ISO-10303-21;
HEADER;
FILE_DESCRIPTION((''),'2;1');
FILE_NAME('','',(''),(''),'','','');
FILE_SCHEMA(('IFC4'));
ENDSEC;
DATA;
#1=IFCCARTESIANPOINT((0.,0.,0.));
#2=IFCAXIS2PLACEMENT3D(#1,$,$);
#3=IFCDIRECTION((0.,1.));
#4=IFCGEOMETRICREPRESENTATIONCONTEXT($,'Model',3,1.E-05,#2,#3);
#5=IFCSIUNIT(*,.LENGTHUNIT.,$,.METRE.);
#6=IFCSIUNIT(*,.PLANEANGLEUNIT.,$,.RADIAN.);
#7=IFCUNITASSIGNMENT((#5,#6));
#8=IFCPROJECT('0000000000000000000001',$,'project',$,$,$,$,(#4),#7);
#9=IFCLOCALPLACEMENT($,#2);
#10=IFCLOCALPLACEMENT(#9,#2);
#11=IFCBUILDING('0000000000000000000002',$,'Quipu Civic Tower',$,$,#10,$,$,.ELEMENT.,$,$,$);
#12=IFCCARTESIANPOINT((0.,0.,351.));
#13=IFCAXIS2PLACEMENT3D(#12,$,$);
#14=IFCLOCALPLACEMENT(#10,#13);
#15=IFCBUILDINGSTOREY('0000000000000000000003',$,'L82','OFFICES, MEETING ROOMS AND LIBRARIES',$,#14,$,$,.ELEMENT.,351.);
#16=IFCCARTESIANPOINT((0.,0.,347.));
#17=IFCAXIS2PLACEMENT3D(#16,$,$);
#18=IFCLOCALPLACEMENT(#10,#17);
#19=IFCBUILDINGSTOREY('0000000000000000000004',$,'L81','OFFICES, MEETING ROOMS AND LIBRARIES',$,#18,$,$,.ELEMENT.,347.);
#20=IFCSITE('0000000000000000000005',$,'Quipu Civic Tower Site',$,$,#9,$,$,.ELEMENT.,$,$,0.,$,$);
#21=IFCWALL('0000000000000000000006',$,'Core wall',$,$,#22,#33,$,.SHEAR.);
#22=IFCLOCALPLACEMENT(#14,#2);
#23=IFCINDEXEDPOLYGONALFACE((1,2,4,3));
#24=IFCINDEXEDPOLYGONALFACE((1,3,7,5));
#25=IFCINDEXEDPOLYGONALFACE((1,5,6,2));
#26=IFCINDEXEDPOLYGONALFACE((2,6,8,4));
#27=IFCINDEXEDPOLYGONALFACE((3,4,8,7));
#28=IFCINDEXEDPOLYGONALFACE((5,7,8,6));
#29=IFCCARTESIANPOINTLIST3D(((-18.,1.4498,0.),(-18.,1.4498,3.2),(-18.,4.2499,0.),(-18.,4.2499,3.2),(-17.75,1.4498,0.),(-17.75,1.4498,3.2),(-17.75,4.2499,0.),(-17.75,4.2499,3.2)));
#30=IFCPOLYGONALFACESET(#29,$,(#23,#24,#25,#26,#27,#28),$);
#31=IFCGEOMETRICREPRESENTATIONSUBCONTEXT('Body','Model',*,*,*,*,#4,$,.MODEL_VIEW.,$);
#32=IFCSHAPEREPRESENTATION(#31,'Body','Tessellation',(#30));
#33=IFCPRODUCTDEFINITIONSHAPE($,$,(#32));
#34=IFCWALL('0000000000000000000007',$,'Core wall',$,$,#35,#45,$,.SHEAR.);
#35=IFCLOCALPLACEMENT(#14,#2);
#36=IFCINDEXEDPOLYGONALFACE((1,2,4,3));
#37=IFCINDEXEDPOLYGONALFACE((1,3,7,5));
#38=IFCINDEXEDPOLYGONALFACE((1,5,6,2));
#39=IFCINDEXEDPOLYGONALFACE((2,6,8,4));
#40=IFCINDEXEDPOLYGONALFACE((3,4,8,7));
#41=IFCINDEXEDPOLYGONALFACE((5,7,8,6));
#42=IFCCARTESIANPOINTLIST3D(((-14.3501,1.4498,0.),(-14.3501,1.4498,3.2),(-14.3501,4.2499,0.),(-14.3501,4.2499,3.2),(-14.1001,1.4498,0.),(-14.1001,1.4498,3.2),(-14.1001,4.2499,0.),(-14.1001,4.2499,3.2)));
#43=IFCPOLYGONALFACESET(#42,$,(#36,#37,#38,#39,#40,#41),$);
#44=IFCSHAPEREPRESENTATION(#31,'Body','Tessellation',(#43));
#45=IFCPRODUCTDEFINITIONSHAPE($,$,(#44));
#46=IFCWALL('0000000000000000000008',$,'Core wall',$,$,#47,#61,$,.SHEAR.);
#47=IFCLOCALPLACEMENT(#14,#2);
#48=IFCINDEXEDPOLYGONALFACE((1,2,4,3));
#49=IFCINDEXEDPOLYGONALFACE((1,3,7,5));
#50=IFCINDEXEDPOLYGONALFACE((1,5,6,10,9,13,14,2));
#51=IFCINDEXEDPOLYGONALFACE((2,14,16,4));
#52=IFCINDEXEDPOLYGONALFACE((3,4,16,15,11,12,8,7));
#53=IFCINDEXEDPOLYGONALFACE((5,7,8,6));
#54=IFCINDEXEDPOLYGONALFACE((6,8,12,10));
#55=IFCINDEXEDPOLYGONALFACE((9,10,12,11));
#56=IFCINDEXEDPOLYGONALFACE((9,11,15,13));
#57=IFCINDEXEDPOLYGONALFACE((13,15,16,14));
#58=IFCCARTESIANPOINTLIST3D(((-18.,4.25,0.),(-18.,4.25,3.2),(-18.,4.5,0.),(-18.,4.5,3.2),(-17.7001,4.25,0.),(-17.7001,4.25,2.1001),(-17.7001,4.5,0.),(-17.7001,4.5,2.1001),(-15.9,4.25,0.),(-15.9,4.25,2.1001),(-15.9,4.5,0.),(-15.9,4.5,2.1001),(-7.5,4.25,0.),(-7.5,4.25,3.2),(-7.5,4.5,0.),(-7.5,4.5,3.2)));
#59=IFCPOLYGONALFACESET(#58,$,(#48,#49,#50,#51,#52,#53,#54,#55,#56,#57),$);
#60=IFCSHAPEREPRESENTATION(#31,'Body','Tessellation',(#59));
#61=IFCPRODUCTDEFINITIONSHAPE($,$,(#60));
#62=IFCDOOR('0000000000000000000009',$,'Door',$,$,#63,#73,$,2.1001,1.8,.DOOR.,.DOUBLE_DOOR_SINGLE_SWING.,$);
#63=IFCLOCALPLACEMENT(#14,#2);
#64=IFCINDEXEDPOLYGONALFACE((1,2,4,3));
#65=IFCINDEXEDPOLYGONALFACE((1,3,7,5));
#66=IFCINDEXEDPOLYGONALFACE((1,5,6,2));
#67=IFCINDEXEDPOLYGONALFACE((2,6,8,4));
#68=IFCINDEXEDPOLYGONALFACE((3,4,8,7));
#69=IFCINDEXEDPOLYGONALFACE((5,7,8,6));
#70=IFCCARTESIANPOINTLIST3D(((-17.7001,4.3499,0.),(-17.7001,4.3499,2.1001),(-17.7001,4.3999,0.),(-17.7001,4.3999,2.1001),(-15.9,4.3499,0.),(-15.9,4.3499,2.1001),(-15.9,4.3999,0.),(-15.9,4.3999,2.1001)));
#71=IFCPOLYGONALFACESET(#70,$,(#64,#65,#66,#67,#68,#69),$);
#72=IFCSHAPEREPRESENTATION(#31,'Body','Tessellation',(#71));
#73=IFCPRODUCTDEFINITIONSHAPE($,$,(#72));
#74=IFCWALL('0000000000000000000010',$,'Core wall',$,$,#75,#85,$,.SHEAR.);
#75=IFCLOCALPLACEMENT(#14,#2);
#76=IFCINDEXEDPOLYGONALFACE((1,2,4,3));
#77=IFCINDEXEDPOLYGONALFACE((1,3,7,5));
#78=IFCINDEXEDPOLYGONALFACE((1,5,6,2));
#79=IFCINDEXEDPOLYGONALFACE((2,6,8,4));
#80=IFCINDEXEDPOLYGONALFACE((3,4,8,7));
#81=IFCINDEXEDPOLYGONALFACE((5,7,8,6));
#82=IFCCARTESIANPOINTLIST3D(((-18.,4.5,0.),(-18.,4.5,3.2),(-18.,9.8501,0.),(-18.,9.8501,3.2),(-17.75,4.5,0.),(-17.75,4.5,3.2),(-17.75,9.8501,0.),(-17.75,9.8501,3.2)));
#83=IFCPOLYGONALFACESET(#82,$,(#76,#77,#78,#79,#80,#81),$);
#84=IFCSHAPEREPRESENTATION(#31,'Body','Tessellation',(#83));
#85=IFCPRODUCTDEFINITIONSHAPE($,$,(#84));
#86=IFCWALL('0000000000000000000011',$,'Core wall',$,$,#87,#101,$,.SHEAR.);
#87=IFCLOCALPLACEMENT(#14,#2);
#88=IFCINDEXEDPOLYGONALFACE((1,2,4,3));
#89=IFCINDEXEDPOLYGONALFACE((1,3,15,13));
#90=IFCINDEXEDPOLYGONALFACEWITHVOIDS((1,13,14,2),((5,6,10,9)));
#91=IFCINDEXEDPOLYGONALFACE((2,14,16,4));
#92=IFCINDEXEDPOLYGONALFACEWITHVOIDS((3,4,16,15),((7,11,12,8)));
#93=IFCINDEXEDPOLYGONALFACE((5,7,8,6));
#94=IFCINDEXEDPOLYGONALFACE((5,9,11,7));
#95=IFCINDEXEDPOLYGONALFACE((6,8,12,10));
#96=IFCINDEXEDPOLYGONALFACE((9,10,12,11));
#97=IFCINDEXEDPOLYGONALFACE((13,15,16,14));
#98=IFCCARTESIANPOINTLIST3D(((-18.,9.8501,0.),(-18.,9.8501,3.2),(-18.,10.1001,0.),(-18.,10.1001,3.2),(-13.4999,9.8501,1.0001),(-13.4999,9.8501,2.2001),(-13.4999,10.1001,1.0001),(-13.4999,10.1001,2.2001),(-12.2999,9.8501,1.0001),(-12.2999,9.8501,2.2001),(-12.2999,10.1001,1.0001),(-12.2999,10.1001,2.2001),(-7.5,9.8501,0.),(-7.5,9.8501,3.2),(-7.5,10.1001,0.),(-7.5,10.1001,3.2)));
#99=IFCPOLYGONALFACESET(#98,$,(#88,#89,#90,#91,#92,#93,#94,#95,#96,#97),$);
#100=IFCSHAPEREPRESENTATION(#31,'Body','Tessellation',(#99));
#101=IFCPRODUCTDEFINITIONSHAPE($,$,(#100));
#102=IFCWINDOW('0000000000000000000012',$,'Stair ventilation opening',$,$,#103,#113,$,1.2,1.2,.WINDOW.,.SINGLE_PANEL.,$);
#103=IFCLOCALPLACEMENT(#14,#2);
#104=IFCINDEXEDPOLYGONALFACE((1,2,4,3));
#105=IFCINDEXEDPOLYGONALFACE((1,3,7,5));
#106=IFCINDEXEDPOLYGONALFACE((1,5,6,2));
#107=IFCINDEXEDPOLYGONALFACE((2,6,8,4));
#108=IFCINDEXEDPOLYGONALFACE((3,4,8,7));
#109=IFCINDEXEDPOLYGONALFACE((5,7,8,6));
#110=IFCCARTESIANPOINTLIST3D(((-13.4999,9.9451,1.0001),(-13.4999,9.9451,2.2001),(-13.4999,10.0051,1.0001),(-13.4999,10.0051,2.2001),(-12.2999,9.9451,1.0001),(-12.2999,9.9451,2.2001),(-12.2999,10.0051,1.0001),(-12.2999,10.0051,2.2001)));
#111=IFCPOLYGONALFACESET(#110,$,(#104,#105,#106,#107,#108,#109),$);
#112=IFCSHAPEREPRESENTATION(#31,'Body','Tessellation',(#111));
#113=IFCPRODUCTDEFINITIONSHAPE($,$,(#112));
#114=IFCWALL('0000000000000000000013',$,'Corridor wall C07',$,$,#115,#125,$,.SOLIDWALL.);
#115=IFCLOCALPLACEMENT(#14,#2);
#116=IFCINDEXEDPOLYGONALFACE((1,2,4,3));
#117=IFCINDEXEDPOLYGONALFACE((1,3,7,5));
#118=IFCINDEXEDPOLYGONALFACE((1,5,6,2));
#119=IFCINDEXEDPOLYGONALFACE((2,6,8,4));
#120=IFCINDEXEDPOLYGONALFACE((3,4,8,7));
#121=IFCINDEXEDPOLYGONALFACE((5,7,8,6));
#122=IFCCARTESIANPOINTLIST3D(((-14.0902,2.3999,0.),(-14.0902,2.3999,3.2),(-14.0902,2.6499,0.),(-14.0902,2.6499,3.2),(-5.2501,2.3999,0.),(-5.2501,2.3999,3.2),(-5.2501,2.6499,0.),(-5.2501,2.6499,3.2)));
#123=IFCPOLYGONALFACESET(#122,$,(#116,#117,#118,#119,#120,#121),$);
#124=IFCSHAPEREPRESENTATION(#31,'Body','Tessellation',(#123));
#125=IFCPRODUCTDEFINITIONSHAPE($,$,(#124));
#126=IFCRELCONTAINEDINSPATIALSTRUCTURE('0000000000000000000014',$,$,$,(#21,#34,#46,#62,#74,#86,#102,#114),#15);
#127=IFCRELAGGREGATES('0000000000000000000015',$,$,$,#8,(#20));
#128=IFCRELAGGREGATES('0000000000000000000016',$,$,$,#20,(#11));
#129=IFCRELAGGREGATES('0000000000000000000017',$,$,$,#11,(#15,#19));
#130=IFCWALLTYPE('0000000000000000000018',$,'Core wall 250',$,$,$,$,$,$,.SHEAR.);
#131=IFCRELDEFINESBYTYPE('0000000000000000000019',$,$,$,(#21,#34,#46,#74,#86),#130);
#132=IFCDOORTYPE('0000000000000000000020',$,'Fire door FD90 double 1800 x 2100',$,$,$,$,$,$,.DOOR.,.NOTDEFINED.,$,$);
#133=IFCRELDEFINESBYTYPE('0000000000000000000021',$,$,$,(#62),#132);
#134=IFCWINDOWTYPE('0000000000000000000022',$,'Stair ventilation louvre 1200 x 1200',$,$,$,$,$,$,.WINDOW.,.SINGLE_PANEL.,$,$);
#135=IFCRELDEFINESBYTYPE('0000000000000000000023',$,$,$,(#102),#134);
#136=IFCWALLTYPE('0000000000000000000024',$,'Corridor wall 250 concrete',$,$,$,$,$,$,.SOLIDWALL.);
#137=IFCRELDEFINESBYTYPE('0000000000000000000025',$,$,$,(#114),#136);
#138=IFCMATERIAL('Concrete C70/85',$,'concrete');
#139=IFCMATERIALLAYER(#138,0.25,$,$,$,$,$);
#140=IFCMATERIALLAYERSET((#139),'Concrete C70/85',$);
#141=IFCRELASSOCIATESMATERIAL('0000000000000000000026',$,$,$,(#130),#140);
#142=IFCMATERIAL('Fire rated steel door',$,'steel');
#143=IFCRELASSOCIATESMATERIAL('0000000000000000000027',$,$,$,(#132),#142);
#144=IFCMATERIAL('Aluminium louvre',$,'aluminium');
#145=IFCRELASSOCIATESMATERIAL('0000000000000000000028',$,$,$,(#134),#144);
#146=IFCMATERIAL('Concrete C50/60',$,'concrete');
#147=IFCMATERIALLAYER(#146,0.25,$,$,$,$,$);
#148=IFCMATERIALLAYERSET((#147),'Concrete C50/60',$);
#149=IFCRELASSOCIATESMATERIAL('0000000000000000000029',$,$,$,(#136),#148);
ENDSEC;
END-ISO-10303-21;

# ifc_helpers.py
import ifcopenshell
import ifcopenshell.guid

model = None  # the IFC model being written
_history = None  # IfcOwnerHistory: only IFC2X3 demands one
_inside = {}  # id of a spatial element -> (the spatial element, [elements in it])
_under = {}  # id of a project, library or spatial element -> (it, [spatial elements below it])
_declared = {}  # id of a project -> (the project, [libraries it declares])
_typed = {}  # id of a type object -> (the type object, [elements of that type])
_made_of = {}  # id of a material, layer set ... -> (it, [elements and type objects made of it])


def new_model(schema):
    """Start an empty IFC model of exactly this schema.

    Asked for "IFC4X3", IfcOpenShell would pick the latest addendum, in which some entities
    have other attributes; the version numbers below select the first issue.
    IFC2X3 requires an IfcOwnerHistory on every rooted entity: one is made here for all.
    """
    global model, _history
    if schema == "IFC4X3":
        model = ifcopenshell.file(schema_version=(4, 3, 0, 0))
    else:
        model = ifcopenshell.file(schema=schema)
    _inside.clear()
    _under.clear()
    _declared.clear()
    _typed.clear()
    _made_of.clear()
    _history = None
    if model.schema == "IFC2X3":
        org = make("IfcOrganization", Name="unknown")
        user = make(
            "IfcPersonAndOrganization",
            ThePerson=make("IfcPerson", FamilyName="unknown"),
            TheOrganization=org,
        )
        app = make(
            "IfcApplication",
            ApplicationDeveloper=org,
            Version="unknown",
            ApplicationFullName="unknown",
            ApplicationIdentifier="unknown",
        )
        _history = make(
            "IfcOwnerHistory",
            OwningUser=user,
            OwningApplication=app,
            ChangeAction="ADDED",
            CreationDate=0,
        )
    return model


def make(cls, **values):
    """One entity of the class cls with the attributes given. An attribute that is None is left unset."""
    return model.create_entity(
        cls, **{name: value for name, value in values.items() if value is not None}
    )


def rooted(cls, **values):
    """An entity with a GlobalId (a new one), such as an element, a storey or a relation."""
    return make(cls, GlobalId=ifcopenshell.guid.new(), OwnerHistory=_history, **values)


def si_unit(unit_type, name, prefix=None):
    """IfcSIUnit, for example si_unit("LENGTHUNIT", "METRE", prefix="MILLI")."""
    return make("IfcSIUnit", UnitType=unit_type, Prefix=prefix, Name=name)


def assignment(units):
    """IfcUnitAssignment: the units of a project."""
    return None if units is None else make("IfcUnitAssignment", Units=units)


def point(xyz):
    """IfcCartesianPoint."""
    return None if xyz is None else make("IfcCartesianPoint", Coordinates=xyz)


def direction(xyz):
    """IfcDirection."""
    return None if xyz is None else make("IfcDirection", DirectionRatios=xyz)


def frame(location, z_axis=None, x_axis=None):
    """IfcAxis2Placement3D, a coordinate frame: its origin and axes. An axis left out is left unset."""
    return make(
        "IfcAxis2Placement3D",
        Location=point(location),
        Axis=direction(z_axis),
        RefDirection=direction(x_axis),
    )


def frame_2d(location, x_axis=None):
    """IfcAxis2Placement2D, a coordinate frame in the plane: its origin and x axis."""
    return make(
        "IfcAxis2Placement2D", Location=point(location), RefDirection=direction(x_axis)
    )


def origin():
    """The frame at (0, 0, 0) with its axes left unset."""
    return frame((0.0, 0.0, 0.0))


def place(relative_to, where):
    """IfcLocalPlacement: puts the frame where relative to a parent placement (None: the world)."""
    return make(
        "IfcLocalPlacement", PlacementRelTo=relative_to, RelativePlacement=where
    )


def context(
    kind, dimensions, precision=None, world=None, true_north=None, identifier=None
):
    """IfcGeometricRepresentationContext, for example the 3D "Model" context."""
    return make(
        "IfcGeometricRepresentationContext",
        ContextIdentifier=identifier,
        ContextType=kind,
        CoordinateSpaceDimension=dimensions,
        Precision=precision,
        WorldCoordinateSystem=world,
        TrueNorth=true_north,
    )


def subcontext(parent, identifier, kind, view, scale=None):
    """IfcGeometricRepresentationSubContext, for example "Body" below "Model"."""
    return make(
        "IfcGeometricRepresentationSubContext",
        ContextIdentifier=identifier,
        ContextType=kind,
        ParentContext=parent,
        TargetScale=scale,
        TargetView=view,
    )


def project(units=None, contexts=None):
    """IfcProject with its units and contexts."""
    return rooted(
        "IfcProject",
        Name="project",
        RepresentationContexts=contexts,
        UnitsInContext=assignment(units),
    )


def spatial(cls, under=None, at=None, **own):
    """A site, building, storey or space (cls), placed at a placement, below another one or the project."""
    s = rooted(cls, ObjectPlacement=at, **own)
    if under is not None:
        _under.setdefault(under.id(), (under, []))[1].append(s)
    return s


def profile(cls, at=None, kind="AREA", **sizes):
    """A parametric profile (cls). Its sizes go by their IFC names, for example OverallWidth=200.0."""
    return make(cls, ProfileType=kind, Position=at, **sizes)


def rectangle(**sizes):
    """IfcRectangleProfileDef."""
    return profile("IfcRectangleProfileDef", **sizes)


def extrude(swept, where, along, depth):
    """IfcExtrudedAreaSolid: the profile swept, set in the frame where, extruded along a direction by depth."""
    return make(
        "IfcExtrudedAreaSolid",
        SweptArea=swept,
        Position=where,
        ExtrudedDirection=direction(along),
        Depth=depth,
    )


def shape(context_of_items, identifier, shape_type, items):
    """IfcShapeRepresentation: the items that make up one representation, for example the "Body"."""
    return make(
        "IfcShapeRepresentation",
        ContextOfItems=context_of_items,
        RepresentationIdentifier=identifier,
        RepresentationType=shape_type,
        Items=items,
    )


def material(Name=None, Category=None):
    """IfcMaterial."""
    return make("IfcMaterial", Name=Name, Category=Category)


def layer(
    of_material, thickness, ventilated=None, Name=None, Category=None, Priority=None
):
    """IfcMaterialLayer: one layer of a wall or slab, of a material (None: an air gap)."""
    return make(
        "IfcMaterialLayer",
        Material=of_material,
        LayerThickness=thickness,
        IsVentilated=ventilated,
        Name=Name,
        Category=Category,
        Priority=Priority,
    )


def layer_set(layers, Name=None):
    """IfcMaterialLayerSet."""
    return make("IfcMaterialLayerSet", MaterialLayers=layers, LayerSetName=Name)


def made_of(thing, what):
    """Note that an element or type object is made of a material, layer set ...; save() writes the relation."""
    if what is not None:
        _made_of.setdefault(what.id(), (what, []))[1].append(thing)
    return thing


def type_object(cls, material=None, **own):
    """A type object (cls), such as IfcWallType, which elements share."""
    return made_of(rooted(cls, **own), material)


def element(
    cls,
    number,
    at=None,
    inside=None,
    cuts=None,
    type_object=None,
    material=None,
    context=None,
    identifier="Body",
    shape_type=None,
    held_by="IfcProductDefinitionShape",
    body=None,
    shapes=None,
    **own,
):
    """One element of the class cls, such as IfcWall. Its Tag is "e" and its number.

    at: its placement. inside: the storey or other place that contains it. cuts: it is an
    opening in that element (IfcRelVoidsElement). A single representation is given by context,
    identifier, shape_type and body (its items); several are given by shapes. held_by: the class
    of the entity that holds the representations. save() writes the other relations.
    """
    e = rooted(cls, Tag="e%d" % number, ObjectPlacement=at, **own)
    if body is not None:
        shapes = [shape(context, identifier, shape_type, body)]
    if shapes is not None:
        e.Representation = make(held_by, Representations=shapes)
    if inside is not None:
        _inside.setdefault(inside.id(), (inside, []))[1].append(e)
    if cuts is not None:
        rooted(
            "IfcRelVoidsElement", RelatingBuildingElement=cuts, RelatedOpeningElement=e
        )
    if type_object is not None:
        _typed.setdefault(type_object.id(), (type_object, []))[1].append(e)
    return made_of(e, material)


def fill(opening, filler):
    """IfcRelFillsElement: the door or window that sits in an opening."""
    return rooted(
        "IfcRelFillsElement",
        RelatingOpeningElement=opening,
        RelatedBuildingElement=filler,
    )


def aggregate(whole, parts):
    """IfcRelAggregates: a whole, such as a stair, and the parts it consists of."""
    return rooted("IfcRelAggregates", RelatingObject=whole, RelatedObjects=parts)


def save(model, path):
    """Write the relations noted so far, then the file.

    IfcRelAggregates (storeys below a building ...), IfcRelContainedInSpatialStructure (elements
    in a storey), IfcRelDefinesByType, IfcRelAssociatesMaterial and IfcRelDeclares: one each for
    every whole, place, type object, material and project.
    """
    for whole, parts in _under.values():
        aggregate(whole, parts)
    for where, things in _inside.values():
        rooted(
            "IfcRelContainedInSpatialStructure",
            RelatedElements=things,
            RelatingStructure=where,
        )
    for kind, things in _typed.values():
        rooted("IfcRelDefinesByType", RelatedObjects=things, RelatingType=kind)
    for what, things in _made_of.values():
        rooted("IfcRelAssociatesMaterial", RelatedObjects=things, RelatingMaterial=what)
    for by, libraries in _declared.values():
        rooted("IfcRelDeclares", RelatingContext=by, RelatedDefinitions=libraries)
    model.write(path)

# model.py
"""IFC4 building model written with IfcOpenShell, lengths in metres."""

from ifc_helpers import new_model, si_unit, direction, frame, frame_2d, origin, place, context, subcontext, project, spatial, rectangle, extrude, material, layer, layer_set, type_object, element, fill, save


model = new_model("IFC4")

# Units and contexts
model_context = context("Model", 3, precision=1e-05, world=origin(), true_north=direction((0.0, 1.0)))
body_context = subcontext(model_context, "Body", "Model", "MODEL_VIEW")
ifc_project = project(units=[si_unit("LENGTHUNIT", "METRE"), si_unit("PLANEANGLEUNIT", "RADIAN")], contexts=[model_context])

# Site, building, storey
site_placement = place(None, origin())
site = spatial("IfcSite", under=ifc_project, at=site_placement, Name="Quipu Civic Tower Site", CompositionType="ELEMENT", RefElevation=0.0)
building_placement = place(site_placement, origin())
building = spatial("IfcBuilding", under=site, at=building_placement, Name="Quipu Civic Tower", CompositionType="ELEMENT")
storey_1_placement = place(building_placement, frame((0.0, 0.0, 351.0)))
storey_1 = spatial("IfcBuildingStorey", under=building, at=storey_1_placement, Name="L82", Description="OFFICES, MEETING ROOMS AND LIBRARIES", CompositionType="ELEMENT", Elevation=351.0)

# Shared definitions
storey_2_placement = place(building_placement, frame((0.0, 0.0, 347.0)))
storey_2 = spatial("IfcBuildingStorey", under=building, at=storey_2_placement, Name="L81", Description="OFFICES, MEETING ROOMS AND LIBRARIES", CompositionType="ELEMENT", Elevation=347.0)

# Shared definitions
ifc_material_1 = material(Name="Concrete C70/85", Category="concrete")
ifc_layer_1 = layer(ifc_material_1, 0.25)
ifc_layer_set_1 = layer_set([ifc_layer_1], Name="Concrete C70/85")
wall_type_1 = type_object("IfcWallType", Name="Core wall 250", PredefinedType="SHEAR", material=ifc_layer_set_1)
ifc_material_2 = material(Name="Fire rated steel door", Category="steel")
door_type = type_object("IfcDoorType", Name="Fire door FD90 double 1800 x 2100", OperationType="NOTDEFINED", PredefinedType="DOOR", material=ifc_material_2)

# Walls
for number, where, z_axis, x_axis, name in (
    (1, (-17.875, 1.45, 0.0), (0.0, 0.0, 1.0), (0.0, 1.0, 0.0), "Core wall"),
    (2, (-14.2251, 1.45, 0.0), (0.0, 0.0, 1.0), (0.0, 1.0, 0.0), "Core wall"),
):
    element("IfcWall", number, at=place(storey_1_placement, frame(where, z_axis=z_axis, x_axis=x_axis)), inside=storey_1, type_object=wall_type_1, Name=name, PredefinedType="SHEAR", context=body_context, shape_type="SweptSolid", body=[
        extrude(rectangle(XDim=2.8, YDim=0.25, at=frame_2d((1.3999, 0.0))), origin(), (0.0, 0.0, 1.0), 3.2),
    ])

# Wall, opening, door
wall_1_placement = place(storey_1_placement, frame((-18.0, 4.375, 0.0), z_axis=(0.0, 0.0, 1.0), x_axis=(1.0, 0.0, 0.0)))
wall_1 = element("IfcWall", 3, at=wall_1_placement, inside=storey_1, type_object=wall_type_1, Name="Core wall", PredefinedType="SHEAR", context=body_context, shape_type="SweptSolid", body=[
    extrude(rectangle(XDim=10.5, YDim=0.25, at=frame_2d((5.25, 0.0))), origin(), (0.0, 0.0, 1.0), 3.2),
])
opening_1_placement = place(wall_1_placement, frame((0.3, 0.0, 0.0)))
opening_1 = element("IfcOpeningElement", 4, at=opening_1_placement, cuts=wall_1, PredefinedType="OPENING", context=body_context, shape_type="SweptSolid", body=[
    extrude(rectangle(XDim=1.8, YDim=2.1001, at=frame_2d((0.8999, 1.05))), frame((0.0, 0.135, 0.0), z_axis=(0.0, -1.0, 0.0), x_axis=(1.0, 0.0, 0.0)), (0.0, 0.0, 1.0), 0.27),
])
door_1_placement = place(opening_1_placement, origin())
door_1 = element("IfcDoor", 5, at=door_1_placement, inside=storey_1, type_object=door_type, Name="Door", OperationType="DOUBLE_DOOR_SINGLE_SWING", OverallHeight=2.1001, OverallWidth=1.8, PredefinedType="DOOR", context=body_context, shape_type="SweptSolid", body=[
    extrude(rectangle(XDim=1.8, YDim=2.1001, at=frame_2d((0.8999, 1.05))), frame((0.0, 0.0249, 0.0), z_axis=(0.0, -1.0, 0.0), x_axis=(1.0, 0.0, 0.0)), (0.0, 0.0, 1.0), 0.05),
])
fill(opening_1, door_1)

# Wall
wall_2_placement = place(storey_1_placement, frame((-17.875, 4.5, 0.0), z_axis=(0.0, 0.0, 1.0), x_axis=(0.0, 1.0, 0.0)))
element("IfcWall", 6, at=wall_2_placement, inside=storey_1, type_object=wall_type_1, Name="Core wall", PredefinedType="SHEAR", context=body_context, shape_type="SweptSolid", body=[
    extrude(rectangle(XDim=5.3501, YDim=0.25, at=frame_2d((2.675, 0.0))), origin(), (0.0, 0.0, 1.0), 3.2),
])

# Wall, opening, window
wall_3_placement = place(storey_1_placement, frame((-18.0, 9.9751, 0.0), z_axis=(0.0, 0.0, 1.0), x_axis=(1.0, 0.0, 0.0)))
wall_3 = element("IfcWall", 7, at=wall_3_placement, inside=storey_1, type_object=wall_type_1, Name="Core wall", PredefinedType="SHEAR", context=body_context, shape_type="SweptSolid", body=[
    extrude(rectangle(XDim=10.5, YDim=0.25, at=frame_2d((5.25, 0.0))), origin(), (0.0, 0.0, 1.0), 3.2),
])
opening_2_placement = place(wall_3_placement, frame((4.5, 0.0, 1.0)))
opening_2 = element("IfcOpeningElement", 8, at=opening_2_placement, cuts=wall_3, PredefinedType="OPENING", context=body_context, shape_type="SweptSolid", body=[
    extrude(rectangle(XDim=1.2, YDim=1.2, at=frame_2d((0.6001, 0.6001))), frame((0.0, 0.135, 0.0), z_axis=(0.0, -1.0, 0.0), x_axis=(1.0, 0.0, 0.0)), (0.0, 0.0, 1.0), 0.27),
])
ifc_material_3 = material(Name="Aluminium louvre", Category="aluminium")
window_type = type_object("IfcWindowType", Name="Stair ventilation louvre 1200 x 1200", PartitioningType="SINGLE_PANEL", PredefinedType="WINDOW", material=ifc_material_3)
window_placement = place(opening_2_placement, origin())
window = element("IfcWindow", 9, at=window_placement, inside=storey_1, type_object=window_type, Name="Stair ventilation opening", OverallHeight=1.2, OverallWidth=1.2, PartitioningType="SINGLE_PANEL", PredefinedType="WINDOW", context=body_context, shape_type="SweptSolid", body=[
    extrude(rectangle(XDim=1.2, YDim=1.2, at=frame_2d((0.6001, 0.6001))), frame((0.0, 0.03, 0.0), z_axis=(0.0, -1.0, 0.0), x_axis=(1.0, 0.0, 0.0)), (0.0, 0.0, 1.0), 0.0601),
])
fill(opening_2, window)

# Wall
ifc_material_4 = material(Name="Concrete C50/60", Category="concrete")
ifc_layer_2 = layer(ifc_material_4, 0.25)
ifc_layer_set_2 = layer_set([ifc_layer_2], Name="Concrete C50/60")
wall_type_2 = type_object("IfcWallType", Name="Corridor wall 250 concrete", PredefinedType="SOLIDWALL", material=ifc_layer_set_2)
wall_4_placement = place(storey_1_placement, frame((-14.0901, 2.5249, 0.0), z_axis=(0.0, 0.0, 1.0), x_axis=(1.0, 0.0, 0.0)))
element("IfcWall", 10, at=wall_4_placement, inside=storey_1, type_object=wall_type_2, Name="Corridor wall C07", PredefinedType="SOLIDWALL", context=body_context, shape_type="SweptSolid", body=[
    extrude(rectangle(XDim=8.8401, YDim=0.25, at=frame_2d((4.4199, 0.0))), origin(), (0.0, 0.0, 1.0), 3.2),
])

save(model, "model.ifc")
